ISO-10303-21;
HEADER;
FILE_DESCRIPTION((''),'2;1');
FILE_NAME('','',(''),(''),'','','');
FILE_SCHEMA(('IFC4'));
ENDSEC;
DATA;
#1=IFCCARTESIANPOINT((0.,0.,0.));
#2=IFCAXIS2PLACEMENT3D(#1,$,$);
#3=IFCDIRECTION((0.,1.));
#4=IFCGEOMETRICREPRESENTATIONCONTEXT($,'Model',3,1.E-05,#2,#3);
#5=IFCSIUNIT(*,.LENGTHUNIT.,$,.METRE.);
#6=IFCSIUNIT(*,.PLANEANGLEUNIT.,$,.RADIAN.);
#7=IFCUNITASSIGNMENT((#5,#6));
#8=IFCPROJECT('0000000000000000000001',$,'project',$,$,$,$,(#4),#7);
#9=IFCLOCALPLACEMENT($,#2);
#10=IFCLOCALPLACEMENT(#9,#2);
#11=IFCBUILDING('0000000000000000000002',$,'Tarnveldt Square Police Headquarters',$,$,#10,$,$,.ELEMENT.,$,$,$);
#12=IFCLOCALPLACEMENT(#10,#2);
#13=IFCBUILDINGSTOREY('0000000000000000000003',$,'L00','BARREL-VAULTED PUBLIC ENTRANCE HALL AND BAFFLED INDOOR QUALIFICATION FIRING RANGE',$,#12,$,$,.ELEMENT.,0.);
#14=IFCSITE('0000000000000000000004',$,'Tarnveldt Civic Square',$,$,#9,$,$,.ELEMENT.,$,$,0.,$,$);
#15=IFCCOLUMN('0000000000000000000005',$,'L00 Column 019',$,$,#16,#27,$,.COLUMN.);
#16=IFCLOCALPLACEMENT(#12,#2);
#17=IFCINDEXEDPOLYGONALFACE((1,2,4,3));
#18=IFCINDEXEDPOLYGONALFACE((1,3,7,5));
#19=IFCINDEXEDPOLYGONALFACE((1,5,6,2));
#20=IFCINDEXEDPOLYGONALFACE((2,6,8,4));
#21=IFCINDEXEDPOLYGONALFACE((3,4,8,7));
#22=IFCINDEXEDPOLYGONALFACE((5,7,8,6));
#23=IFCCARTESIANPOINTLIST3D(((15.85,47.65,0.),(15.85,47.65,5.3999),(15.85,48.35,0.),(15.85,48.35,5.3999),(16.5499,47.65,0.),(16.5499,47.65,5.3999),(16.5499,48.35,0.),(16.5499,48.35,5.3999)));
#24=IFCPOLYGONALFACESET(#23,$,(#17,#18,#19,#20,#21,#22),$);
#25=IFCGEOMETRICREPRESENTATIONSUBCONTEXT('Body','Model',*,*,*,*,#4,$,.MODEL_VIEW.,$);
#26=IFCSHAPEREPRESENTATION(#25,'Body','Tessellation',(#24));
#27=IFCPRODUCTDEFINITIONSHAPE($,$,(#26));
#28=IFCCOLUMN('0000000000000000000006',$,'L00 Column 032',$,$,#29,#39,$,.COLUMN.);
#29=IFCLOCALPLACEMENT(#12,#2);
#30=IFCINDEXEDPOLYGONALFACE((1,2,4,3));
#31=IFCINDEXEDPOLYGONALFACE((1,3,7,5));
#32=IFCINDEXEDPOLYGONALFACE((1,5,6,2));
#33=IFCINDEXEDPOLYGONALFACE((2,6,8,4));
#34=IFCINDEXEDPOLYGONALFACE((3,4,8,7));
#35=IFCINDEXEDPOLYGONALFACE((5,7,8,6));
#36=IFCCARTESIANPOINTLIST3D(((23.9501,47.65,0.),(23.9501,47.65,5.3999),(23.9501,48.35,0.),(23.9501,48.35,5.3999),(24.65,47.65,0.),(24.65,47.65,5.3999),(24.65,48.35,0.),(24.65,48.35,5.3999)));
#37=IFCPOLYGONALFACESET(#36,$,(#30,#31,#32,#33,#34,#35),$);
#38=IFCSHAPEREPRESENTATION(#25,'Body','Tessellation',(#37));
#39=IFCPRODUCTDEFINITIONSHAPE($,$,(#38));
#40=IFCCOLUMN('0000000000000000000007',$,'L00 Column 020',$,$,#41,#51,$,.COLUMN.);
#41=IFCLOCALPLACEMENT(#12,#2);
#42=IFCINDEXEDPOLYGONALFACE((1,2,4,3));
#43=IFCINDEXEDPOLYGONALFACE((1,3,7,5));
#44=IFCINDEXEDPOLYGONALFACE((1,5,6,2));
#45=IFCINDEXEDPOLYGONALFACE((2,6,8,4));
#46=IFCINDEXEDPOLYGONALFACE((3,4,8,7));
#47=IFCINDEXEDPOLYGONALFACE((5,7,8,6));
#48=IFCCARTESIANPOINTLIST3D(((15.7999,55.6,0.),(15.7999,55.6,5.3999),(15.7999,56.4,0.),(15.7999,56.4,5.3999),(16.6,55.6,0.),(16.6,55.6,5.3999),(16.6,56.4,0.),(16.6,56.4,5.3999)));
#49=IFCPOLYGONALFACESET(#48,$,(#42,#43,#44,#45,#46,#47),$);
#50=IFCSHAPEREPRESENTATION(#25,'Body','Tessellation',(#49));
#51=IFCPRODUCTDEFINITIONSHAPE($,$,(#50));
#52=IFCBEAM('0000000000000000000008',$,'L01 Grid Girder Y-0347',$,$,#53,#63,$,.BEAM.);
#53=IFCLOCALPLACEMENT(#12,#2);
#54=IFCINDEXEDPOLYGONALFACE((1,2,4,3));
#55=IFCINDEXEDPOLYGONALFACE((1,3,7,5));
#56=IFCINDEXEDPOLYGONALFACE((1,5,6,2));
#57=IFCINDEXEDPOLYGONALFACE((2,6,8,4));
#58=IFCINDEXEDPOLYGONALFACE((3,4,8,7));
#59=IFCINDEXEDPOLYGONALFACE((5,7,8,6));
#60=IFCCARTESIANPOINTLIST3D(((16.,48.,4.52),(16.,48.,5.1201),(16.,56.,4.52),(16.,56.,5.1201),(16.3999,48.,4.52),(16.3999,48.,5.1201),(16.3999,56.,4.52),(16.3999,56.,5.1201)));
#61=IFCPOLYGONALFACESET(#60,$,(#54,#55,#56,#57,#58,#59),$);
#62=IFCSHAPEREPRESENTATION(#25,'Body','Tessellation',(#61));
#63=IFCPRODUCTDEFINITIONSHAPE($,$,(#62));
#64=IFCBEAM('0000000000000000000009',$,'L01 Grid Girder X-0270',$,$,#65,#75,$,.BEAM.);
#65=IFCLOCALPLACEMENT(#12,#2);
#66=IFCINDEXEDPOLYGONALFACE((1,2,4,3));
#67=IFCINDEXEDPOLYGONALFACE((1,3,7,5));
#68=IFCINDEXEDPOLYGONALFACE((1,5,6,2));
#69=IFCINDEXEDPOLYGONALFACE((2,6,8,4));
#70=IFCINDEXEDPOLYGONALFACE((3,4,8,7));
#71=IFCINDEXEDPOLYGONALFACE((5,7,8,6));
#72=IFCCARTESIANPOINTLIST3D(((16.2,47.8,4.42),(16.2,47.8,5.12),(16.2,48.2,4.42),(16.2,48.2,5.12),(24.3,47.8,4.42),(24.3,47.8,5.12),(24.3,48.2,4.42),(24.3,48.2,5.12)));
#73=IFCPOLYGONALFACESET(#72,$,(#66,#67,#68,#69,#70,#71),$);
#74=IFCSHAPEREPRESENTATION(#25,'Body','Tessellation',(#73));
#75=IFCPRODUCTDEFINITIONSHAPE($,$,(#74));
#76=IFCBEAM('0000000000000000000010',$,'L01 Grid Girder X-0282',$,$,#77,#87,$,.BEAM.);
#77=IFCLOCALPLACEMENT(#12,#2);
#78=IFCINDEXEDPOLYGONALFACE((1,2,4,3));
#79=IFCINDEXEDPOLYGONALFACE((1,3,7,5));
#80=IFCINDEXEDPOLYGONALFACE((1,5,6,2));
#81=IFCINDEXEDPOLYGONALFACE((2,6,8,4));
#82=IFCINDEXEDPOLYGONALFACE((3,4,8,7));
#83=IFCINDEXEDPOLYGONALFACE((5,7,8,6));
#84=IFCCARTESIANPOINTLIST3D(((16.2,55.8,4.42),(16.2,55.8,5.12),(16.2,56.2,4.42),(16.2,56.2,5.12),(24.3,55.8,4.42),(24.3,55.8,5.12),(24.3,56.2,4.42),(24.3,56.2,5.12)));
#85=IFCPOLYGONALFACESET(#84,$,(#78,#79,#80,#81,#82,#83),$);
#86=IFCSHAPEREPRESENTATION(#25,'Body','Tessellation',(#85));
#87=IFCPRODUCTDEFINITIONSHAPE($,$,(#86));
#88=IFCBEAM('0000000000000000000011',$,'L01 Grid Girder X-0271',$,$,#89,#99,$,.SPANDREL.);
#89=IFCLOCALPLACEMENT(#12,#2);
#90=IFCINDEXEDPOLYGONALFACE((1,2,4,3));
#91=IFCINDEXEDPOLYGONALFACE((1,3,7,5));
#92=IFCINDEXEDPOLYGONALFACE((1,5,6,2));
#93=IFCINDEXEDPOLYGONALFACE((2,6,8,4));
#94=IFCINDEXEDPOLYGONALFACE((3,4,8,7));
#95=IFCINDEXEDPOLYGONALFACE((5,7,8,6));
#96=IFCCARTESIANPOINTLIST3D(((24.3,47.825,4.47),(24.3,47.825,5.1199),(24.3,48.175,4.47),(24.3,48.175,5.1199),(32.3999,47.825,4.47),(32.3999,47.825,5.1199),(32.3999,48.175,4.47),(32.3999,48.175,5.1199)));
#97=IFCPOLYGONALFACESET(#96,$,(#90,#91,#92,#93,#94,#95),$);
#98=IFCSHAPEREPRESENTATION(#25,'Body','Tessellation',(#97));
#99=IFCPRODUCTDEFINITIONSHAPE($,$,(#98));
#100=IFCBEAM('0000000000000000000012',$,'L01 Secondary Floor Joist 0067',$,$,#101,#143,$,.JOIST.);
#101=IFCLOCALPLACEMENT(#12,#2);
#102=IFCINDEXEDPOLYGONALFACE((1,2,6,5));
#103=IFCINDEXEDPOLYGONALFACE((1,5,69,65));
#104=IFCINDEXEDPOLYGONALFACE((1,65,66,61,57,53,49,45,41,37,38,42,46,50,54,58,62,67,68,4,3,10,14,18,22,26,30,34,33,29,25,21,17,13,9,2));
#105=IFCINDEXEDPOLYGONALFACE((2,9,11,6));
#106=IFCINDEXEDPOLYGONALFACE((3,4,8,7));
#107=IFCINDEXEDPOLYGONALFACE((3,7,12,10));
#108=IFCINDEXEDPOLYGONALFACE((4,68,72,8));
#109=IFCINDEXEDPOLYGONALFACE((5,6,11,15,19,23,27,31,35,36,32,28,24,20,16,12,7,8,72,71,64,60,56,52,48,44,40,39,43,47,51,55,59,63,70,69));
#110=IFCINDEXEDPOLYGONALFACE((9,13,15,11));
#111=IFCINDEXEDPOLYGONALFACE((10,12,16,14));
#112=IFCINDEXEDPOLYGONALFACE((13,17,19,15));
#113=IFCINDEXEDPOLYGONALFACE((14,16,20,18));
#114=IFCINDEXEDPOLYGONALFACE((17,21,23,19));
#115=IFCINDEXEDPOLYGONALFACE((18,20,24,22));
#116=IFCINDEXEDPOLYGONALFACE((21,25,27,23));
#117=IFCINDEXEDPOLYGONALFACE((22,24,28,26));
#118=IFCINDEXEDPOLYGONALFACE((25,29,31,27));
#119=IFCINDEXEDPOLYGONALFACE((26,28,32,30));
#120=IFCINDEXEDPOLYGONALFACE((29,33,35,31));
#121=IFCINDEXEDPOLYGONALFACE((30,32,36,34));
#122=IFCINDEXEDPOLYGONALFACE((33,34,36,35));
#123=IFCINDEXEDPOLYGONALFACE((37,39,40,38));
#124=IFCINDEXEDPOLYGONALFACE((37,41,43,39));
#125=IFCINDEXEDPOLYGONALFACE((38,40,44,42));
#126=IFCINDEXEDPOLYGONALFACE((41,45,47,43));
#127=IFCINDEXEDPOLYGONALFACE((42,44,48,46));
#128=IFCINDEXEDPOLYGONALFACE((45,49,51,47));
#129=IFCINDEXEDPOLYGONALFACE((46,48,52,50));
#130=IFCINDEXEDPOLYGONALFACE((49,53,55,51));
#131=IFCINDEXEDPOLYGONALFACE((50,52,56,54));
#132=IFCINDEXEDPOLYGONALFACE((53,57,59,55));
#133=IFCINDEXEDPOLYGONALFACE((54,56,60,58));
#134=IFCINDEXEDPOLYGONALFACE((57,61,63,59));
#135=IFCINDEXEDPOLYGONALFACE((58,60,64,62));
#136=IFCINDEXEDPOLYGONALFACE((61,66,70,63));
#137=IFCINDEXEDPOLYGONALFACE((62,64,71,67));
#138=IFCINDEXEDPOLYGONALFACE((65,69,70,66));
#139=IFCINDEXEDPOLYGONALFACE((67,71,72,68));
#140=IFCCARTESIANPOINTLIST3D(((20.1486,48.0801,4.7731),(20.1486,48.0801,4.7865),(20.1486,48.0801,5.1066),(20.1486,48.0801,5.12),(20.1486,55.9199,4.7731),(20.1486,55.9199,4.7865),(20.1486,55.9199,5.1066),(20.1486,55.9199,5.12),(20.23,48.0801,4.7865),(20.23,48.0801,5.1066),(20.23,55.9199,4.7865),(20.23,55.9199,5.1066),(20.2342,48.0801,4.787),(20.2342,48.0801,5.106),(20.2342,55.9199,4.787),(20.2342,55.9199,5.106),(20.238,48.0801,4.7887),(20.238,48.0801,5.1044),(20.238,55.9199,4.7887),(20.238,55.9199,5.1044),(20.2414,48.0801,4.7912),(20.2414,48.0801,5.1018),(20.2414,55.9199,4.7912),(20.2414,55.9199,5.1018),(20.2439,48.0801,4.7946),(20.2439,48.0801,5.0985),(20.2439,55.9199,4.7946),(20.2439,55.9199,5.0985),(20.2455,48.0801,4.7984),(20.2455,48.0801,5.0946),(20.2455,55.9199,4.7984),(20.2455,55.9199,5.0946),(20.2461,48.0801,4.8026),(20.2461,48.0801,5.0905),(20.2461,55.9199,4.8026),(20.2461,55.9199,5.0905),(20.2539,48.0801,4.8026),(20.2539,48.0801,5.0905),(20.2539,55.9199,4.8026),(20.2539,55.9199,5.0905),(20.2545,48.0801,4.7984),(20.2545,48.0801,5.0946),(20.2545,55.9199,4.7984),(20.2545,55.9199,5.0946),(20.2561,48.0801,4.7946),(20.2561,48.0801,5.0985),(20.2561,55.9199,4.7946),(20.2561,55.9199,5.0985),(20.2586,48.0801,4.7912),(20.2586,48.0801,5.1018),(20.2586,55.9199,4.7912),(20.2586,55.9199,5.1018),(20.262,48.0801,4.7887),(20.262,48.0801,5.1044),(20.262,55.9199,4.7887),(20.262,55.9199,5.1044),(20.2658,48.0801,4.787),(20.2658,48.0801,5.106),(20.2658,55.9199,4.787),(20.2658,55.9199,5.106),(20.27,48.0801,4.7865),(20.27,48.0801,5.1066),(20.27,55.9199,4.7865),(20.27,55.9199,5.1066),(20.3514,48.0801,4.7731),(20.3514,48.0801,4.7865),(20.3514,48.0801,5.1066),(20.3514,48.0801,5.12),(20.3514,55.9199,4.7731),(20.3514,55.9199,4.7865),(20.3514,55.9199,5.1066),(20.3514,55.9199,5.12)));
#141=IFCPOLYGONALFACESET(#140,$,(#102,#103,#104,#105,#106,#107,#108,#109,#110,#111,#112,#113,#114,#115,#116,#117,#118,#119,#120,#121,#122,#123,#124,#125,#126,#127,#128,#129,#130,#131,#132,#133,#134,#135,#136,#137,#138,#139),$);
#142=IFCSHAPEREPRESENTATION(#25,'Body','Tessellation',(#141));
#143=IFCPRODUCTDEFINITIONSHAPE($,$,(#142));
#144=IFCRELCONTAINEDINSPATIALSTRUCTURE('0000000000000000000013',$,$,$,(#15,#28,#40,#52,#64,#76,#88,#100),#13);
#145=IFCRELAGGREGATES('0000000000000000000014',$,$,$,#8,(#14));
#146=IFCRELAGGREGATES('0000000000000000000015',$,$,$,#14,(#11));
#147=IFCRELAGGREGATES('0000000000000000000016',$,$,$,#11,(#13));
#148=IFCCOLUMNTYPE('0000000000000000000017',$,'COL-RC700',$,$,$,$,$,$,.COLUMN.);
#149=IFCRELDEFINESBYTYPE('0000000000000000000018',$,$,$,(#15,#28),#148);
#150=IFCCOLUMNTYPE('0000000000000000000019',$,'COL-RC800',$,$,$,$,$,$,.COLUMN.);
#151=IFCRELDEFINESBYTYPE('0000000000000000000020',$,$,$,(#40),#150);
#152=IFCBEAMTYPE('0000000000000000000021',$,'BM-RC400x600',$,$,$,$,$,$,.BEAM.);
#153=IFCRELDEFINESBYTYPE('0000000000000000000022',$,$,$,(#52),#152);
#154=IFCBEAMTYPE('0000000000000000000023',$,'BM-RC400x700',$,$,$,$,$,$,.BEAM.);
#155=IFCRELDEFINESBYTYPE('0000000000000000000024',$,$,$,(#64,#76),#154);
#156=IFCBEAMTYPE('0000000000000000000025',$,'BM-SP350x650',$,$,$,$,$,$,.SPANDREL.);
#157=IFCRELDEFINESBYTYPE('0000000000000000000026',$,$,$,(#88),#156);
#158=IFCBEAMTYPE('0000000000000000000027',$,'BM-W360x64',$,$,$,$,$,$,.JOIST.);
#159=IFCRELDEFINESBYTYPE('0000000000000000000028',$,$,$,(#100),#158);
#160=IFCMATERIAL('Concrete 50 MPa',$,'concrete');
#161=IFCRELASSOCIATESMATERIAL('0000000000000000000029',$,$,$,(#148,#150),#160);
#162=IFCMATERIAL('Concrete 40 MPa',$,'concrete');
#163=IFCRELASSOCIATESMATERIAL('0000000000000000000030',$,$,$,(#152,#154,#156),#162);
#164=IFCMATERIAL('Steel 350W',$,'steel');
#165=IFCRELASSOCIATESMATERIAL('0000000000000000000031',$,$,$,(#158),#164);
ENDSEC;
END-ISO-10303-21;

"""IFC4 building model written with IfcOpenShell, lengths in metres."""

from ifc_helpers import new_model, si_unit, direction, frame, origin, origin_2d, place, context, subcontext, project, spatial, rectangle, i_section, extrude, material, material_profile, profile_set, type_object, element, save


model = new_model("IFC4")

# Units and contexts
model_context = context("Model", 3, precision=1e-05, world=origin(), true_north=direction((0.0, 1.0)))
body_context = subcontext(model_context, "Body", "Model", "MODEL_VIEW")
ifc_project = project(units=[si_unit("LENGTHUNIT", "METRE"), si_unit("PLANEANGLEUNIT", "RADIAN")], contexts=[model_context])

# Site, building, storey
site_placement = place(None, origin())
site = spatial("IfcSite", under=ifc_project, at=site_placement, Name="Tarnveldt Civic Square", CompositionType="ELEMENT", RefElevation=0.0)
building_placement = place(site_placement, origin())
building = spatial("IfcBuilding", under=site, at=building_placement, Name="Tarnveldt Square Police Headquarters", CompositionType="ELEMENT")
storey_placement = place(building_placement, origin())
storey = spatial("IfcBuildingStorey", under=building, at=storey_placement, Name="L00", Description="BARREL-VAULTED PUBLIC ENTRANCE HALL AND BAFFLED INDOOR QUALIFICATION FIRING RANGE", CompositionType="ELEMENT", Elevation=0.0)

# Columns
ifc_material_1 = material(Name="Concrete 50 MPa", Category="concrete")
ifc_material_profile_1 = material_profile(ifc_material_1, rectangle(XDim=0.7, YDim=0.7, at=origin_2d()), Name="RC-C700x700")
ifc_profile_set_1 = profile_set([ifc_material_profile_1], Name="Concrete 50 MPa")
column_type_1 = type_object("IfcColumnType", Name="COL-RC700", PredefinedType="COLUMN", material=ifc_profile_set_1)
for number, where, z_axis, x_axis, name in (
    (1, (16.2, 48.0, 0.0), (0.0, 0.0, 1.0), (1.0, 0.0, 0.0), "L00 Column 019"),
    (2, (24.3, 48.0, 0.0), (0.0, 0.0, 1.0), (1.0, 0.0, 0.0), "L00 Column 032"),
):
    element("IfcColumn", number, at=place(storey_placement, frame(where, z_axis=z_axis, x_axis=x_axis)), inside=storey, type_object=column_type_1, Name=name, PredefinedType="COLUMN", context=body_context, shape_type="SweptSolid", body=[
        extrude(rectangle(XDim=0.7, YDim=0.7, at=origin_2d()), origin(), (0.0, 0.0, 1.0), 5.3999),
    ])
ifc_material_profile_2 = material_profile(ifc_material_1, rectangle(XDim=0.8, YDim=0.8, at=origin_2d()), Name="RC-C800x800")
ifc_profile_set_2 = profile_set([ifc_material_profile_2], Name="Concrete 50 MPa")
column_type_2 = type_object("IfcColumnType", Name="COL-RC800", PredefinedType="COLUMN", material=ifc_profile_set_2)
column_placement = place(storey_placement, frame((16.2, 56.0, 0.0), z_axis=(0.0, 0.0, 1.0), x_axis=(1.0, 0.0, 0.0)))
element("IfcColumn", 3, at=column_placement, inside=storey, type_object=column_type_2, Name="L00 Column 020", PredefinedType="COLUMN", context=body_context, shape_type="SweptSolid", body=[
    extrude(rectangle(XDim=0.8, YDim=0.8, at=origin_2d()), origin(), (0.0, 0.0, 1.0), 5.3999),
])

# Beams
ifc_material_2 = material(Name="Concrete 40 MPa", Category="concrete")
ifc_material_profile_3 = material_profile(ifc_material_2, rectangle(XDim=0.3999, YDim=0.6001, at=origin_2d()), Name="RC-B400x600")
ifc_profile_set_3 = profile_set([ifc_material_profile_3], Name="Concrete 40 MPa")
beam_type_1 = type_object("IfcBeamType", Name="BM-RC400x600", PredefinedType="BEAM", material=ifc_profile_set_3)
beam_1_placement = place(storey_placement, frame((16.2, 48.0, 4.8201), z_axis=(0.0, 1.0, 0.0), x_axis=(-1.0, 0.0, 0.0)))
element("IfcBeam", 4, at=beam_1_placement, inside=storey, type_object=beam_type_1, Name="L01 Grid Girder Y-0347", PredefinedType="BEAM", context=body_context, shape_type="SweptSolid", body=[
    extrude(rectangle(XDim=0.3999, YDim=0.6001, at=origin_2d()), origin(), (0.0, 0.0, 1.0), 8.0),
])
ifc_material_profile_4 = material_profile(ifc_material_2, rectangle(XDim=0.3999, YDim=0.7, at=origin_2d()), Name="RC-B400x700")
ifc_profile_set_4 = profile_set([ifc_material_profile_4], Name="Concrete 40 MPa")
beam_type_2 = type_object("IfcBeamType", Name="BM-RC400x700", PredefinedType="BEAM", material=ifc_profile_set_4)
for number, where, z_axis, x_axis, name in (
    (5, (16.2, 48.0, 4.77), (1.0, 0.0, 0.0), (0.0, 1.0, 0.0), "L01 Grid Girder X-0270"),
    (6, (16.2, 56.0, 4.77), (1.0, 0.0, 0.0), (0.0, 1.0, 0.0), "L01 Grid Girder X-0282"),
):
    element("IfcBeam", number, at=place(storey_placement, frame(where, z_axis=z_axis, x_axis=x_axis)), inside=storey, type_object=beam_type_2, Name=name, PredefinedType="BEAM", context=body_context, shape_type="SweptSolid", body=[
        extrude(rectangle(XDim=0.3999, YDim=0.7, at=origin_2d()), origin(), (0.0, 0.0, 1.0), 8.1001),
    ])
ifc_material_profile_5 = material_profile(ifc_material_2, rectangle(XDim=0.3501, YDim=0.6499, at=origin_2d()), Name="RC-SP350x650")
ifc_profile_set_5 = profile_set([ifc_material_profile_5], Name="Concrete 40 MPa")
beam_type_3 = type_object("IfcBeamType", Name="BM-SP350x650", PredefinedType="SPANDREL", material=ifc_profile_set_5)
beam_2_placement = place(storey_placement, frame((24.3, 48.0, 4.7949), z_axis=(1.0, 0.0, 0.0), x_axis=(0.0, 1.0, 0.0)))
element("IfcBeam", 7, at=beam_2_placement, inside=storey, type_object=beam_type_3, Name="L01 Grid Girder X-0271", PredefinedType="SPANDREL", context=body_context, shape_type="SweptSolid", body=[
    extrude(rectangle(XDim=0.3501, YDim=0.6499, at=origin_2d()), origin(), (0.0, 0.0, 1.0), 8.0999),
])
ifc_material_3 = material(Name="Steel 350W", Category="steel")
ifc_material_profile_6 = material_profile(ifc_material_3, i_section(OverallWidth=0.2029, OverallDepth=0.3469, WebThickness=0.0078, FlangeThickness=0.0134, FilletRadius=0.0161, at=origin_2d()), Name="W360x64")
ifc_profile_set_6 = profile_set([ifc_material_profile_6], Name="Steel 350W")
beam_type_4 = type_object("IfcBeamType", Name="BM-W360x64", PredefinedType="JOIST", material=ifc_profile_set_6)
beam_3_placement = place(storey_placement, frame((20.25, 48.0801, 4.9465), z_axis=(0.0, 1.0, 0.0), x_axis=(-1.0, 0.0, 0.0)))
element("IfcBeam", 8, at=beam_3_placement, inside=storey, type_object=beam_type_4, Name="L01 Secondary Floor Joist 0067", PredefinedType="JOIST", context=body_context, shape_type="SweptSolid", body=[
    extrude(i_section(OverallWidth=0.2029, OverallDepth=0.3469, WebThickness=0.0078, FlangeThickness=0.0134, FilletRadius=0.0161, at=origin_2d()), origin(), (0.0, 0.0, 1.0), 7.8398),
])

save(model, "model.ifc")
